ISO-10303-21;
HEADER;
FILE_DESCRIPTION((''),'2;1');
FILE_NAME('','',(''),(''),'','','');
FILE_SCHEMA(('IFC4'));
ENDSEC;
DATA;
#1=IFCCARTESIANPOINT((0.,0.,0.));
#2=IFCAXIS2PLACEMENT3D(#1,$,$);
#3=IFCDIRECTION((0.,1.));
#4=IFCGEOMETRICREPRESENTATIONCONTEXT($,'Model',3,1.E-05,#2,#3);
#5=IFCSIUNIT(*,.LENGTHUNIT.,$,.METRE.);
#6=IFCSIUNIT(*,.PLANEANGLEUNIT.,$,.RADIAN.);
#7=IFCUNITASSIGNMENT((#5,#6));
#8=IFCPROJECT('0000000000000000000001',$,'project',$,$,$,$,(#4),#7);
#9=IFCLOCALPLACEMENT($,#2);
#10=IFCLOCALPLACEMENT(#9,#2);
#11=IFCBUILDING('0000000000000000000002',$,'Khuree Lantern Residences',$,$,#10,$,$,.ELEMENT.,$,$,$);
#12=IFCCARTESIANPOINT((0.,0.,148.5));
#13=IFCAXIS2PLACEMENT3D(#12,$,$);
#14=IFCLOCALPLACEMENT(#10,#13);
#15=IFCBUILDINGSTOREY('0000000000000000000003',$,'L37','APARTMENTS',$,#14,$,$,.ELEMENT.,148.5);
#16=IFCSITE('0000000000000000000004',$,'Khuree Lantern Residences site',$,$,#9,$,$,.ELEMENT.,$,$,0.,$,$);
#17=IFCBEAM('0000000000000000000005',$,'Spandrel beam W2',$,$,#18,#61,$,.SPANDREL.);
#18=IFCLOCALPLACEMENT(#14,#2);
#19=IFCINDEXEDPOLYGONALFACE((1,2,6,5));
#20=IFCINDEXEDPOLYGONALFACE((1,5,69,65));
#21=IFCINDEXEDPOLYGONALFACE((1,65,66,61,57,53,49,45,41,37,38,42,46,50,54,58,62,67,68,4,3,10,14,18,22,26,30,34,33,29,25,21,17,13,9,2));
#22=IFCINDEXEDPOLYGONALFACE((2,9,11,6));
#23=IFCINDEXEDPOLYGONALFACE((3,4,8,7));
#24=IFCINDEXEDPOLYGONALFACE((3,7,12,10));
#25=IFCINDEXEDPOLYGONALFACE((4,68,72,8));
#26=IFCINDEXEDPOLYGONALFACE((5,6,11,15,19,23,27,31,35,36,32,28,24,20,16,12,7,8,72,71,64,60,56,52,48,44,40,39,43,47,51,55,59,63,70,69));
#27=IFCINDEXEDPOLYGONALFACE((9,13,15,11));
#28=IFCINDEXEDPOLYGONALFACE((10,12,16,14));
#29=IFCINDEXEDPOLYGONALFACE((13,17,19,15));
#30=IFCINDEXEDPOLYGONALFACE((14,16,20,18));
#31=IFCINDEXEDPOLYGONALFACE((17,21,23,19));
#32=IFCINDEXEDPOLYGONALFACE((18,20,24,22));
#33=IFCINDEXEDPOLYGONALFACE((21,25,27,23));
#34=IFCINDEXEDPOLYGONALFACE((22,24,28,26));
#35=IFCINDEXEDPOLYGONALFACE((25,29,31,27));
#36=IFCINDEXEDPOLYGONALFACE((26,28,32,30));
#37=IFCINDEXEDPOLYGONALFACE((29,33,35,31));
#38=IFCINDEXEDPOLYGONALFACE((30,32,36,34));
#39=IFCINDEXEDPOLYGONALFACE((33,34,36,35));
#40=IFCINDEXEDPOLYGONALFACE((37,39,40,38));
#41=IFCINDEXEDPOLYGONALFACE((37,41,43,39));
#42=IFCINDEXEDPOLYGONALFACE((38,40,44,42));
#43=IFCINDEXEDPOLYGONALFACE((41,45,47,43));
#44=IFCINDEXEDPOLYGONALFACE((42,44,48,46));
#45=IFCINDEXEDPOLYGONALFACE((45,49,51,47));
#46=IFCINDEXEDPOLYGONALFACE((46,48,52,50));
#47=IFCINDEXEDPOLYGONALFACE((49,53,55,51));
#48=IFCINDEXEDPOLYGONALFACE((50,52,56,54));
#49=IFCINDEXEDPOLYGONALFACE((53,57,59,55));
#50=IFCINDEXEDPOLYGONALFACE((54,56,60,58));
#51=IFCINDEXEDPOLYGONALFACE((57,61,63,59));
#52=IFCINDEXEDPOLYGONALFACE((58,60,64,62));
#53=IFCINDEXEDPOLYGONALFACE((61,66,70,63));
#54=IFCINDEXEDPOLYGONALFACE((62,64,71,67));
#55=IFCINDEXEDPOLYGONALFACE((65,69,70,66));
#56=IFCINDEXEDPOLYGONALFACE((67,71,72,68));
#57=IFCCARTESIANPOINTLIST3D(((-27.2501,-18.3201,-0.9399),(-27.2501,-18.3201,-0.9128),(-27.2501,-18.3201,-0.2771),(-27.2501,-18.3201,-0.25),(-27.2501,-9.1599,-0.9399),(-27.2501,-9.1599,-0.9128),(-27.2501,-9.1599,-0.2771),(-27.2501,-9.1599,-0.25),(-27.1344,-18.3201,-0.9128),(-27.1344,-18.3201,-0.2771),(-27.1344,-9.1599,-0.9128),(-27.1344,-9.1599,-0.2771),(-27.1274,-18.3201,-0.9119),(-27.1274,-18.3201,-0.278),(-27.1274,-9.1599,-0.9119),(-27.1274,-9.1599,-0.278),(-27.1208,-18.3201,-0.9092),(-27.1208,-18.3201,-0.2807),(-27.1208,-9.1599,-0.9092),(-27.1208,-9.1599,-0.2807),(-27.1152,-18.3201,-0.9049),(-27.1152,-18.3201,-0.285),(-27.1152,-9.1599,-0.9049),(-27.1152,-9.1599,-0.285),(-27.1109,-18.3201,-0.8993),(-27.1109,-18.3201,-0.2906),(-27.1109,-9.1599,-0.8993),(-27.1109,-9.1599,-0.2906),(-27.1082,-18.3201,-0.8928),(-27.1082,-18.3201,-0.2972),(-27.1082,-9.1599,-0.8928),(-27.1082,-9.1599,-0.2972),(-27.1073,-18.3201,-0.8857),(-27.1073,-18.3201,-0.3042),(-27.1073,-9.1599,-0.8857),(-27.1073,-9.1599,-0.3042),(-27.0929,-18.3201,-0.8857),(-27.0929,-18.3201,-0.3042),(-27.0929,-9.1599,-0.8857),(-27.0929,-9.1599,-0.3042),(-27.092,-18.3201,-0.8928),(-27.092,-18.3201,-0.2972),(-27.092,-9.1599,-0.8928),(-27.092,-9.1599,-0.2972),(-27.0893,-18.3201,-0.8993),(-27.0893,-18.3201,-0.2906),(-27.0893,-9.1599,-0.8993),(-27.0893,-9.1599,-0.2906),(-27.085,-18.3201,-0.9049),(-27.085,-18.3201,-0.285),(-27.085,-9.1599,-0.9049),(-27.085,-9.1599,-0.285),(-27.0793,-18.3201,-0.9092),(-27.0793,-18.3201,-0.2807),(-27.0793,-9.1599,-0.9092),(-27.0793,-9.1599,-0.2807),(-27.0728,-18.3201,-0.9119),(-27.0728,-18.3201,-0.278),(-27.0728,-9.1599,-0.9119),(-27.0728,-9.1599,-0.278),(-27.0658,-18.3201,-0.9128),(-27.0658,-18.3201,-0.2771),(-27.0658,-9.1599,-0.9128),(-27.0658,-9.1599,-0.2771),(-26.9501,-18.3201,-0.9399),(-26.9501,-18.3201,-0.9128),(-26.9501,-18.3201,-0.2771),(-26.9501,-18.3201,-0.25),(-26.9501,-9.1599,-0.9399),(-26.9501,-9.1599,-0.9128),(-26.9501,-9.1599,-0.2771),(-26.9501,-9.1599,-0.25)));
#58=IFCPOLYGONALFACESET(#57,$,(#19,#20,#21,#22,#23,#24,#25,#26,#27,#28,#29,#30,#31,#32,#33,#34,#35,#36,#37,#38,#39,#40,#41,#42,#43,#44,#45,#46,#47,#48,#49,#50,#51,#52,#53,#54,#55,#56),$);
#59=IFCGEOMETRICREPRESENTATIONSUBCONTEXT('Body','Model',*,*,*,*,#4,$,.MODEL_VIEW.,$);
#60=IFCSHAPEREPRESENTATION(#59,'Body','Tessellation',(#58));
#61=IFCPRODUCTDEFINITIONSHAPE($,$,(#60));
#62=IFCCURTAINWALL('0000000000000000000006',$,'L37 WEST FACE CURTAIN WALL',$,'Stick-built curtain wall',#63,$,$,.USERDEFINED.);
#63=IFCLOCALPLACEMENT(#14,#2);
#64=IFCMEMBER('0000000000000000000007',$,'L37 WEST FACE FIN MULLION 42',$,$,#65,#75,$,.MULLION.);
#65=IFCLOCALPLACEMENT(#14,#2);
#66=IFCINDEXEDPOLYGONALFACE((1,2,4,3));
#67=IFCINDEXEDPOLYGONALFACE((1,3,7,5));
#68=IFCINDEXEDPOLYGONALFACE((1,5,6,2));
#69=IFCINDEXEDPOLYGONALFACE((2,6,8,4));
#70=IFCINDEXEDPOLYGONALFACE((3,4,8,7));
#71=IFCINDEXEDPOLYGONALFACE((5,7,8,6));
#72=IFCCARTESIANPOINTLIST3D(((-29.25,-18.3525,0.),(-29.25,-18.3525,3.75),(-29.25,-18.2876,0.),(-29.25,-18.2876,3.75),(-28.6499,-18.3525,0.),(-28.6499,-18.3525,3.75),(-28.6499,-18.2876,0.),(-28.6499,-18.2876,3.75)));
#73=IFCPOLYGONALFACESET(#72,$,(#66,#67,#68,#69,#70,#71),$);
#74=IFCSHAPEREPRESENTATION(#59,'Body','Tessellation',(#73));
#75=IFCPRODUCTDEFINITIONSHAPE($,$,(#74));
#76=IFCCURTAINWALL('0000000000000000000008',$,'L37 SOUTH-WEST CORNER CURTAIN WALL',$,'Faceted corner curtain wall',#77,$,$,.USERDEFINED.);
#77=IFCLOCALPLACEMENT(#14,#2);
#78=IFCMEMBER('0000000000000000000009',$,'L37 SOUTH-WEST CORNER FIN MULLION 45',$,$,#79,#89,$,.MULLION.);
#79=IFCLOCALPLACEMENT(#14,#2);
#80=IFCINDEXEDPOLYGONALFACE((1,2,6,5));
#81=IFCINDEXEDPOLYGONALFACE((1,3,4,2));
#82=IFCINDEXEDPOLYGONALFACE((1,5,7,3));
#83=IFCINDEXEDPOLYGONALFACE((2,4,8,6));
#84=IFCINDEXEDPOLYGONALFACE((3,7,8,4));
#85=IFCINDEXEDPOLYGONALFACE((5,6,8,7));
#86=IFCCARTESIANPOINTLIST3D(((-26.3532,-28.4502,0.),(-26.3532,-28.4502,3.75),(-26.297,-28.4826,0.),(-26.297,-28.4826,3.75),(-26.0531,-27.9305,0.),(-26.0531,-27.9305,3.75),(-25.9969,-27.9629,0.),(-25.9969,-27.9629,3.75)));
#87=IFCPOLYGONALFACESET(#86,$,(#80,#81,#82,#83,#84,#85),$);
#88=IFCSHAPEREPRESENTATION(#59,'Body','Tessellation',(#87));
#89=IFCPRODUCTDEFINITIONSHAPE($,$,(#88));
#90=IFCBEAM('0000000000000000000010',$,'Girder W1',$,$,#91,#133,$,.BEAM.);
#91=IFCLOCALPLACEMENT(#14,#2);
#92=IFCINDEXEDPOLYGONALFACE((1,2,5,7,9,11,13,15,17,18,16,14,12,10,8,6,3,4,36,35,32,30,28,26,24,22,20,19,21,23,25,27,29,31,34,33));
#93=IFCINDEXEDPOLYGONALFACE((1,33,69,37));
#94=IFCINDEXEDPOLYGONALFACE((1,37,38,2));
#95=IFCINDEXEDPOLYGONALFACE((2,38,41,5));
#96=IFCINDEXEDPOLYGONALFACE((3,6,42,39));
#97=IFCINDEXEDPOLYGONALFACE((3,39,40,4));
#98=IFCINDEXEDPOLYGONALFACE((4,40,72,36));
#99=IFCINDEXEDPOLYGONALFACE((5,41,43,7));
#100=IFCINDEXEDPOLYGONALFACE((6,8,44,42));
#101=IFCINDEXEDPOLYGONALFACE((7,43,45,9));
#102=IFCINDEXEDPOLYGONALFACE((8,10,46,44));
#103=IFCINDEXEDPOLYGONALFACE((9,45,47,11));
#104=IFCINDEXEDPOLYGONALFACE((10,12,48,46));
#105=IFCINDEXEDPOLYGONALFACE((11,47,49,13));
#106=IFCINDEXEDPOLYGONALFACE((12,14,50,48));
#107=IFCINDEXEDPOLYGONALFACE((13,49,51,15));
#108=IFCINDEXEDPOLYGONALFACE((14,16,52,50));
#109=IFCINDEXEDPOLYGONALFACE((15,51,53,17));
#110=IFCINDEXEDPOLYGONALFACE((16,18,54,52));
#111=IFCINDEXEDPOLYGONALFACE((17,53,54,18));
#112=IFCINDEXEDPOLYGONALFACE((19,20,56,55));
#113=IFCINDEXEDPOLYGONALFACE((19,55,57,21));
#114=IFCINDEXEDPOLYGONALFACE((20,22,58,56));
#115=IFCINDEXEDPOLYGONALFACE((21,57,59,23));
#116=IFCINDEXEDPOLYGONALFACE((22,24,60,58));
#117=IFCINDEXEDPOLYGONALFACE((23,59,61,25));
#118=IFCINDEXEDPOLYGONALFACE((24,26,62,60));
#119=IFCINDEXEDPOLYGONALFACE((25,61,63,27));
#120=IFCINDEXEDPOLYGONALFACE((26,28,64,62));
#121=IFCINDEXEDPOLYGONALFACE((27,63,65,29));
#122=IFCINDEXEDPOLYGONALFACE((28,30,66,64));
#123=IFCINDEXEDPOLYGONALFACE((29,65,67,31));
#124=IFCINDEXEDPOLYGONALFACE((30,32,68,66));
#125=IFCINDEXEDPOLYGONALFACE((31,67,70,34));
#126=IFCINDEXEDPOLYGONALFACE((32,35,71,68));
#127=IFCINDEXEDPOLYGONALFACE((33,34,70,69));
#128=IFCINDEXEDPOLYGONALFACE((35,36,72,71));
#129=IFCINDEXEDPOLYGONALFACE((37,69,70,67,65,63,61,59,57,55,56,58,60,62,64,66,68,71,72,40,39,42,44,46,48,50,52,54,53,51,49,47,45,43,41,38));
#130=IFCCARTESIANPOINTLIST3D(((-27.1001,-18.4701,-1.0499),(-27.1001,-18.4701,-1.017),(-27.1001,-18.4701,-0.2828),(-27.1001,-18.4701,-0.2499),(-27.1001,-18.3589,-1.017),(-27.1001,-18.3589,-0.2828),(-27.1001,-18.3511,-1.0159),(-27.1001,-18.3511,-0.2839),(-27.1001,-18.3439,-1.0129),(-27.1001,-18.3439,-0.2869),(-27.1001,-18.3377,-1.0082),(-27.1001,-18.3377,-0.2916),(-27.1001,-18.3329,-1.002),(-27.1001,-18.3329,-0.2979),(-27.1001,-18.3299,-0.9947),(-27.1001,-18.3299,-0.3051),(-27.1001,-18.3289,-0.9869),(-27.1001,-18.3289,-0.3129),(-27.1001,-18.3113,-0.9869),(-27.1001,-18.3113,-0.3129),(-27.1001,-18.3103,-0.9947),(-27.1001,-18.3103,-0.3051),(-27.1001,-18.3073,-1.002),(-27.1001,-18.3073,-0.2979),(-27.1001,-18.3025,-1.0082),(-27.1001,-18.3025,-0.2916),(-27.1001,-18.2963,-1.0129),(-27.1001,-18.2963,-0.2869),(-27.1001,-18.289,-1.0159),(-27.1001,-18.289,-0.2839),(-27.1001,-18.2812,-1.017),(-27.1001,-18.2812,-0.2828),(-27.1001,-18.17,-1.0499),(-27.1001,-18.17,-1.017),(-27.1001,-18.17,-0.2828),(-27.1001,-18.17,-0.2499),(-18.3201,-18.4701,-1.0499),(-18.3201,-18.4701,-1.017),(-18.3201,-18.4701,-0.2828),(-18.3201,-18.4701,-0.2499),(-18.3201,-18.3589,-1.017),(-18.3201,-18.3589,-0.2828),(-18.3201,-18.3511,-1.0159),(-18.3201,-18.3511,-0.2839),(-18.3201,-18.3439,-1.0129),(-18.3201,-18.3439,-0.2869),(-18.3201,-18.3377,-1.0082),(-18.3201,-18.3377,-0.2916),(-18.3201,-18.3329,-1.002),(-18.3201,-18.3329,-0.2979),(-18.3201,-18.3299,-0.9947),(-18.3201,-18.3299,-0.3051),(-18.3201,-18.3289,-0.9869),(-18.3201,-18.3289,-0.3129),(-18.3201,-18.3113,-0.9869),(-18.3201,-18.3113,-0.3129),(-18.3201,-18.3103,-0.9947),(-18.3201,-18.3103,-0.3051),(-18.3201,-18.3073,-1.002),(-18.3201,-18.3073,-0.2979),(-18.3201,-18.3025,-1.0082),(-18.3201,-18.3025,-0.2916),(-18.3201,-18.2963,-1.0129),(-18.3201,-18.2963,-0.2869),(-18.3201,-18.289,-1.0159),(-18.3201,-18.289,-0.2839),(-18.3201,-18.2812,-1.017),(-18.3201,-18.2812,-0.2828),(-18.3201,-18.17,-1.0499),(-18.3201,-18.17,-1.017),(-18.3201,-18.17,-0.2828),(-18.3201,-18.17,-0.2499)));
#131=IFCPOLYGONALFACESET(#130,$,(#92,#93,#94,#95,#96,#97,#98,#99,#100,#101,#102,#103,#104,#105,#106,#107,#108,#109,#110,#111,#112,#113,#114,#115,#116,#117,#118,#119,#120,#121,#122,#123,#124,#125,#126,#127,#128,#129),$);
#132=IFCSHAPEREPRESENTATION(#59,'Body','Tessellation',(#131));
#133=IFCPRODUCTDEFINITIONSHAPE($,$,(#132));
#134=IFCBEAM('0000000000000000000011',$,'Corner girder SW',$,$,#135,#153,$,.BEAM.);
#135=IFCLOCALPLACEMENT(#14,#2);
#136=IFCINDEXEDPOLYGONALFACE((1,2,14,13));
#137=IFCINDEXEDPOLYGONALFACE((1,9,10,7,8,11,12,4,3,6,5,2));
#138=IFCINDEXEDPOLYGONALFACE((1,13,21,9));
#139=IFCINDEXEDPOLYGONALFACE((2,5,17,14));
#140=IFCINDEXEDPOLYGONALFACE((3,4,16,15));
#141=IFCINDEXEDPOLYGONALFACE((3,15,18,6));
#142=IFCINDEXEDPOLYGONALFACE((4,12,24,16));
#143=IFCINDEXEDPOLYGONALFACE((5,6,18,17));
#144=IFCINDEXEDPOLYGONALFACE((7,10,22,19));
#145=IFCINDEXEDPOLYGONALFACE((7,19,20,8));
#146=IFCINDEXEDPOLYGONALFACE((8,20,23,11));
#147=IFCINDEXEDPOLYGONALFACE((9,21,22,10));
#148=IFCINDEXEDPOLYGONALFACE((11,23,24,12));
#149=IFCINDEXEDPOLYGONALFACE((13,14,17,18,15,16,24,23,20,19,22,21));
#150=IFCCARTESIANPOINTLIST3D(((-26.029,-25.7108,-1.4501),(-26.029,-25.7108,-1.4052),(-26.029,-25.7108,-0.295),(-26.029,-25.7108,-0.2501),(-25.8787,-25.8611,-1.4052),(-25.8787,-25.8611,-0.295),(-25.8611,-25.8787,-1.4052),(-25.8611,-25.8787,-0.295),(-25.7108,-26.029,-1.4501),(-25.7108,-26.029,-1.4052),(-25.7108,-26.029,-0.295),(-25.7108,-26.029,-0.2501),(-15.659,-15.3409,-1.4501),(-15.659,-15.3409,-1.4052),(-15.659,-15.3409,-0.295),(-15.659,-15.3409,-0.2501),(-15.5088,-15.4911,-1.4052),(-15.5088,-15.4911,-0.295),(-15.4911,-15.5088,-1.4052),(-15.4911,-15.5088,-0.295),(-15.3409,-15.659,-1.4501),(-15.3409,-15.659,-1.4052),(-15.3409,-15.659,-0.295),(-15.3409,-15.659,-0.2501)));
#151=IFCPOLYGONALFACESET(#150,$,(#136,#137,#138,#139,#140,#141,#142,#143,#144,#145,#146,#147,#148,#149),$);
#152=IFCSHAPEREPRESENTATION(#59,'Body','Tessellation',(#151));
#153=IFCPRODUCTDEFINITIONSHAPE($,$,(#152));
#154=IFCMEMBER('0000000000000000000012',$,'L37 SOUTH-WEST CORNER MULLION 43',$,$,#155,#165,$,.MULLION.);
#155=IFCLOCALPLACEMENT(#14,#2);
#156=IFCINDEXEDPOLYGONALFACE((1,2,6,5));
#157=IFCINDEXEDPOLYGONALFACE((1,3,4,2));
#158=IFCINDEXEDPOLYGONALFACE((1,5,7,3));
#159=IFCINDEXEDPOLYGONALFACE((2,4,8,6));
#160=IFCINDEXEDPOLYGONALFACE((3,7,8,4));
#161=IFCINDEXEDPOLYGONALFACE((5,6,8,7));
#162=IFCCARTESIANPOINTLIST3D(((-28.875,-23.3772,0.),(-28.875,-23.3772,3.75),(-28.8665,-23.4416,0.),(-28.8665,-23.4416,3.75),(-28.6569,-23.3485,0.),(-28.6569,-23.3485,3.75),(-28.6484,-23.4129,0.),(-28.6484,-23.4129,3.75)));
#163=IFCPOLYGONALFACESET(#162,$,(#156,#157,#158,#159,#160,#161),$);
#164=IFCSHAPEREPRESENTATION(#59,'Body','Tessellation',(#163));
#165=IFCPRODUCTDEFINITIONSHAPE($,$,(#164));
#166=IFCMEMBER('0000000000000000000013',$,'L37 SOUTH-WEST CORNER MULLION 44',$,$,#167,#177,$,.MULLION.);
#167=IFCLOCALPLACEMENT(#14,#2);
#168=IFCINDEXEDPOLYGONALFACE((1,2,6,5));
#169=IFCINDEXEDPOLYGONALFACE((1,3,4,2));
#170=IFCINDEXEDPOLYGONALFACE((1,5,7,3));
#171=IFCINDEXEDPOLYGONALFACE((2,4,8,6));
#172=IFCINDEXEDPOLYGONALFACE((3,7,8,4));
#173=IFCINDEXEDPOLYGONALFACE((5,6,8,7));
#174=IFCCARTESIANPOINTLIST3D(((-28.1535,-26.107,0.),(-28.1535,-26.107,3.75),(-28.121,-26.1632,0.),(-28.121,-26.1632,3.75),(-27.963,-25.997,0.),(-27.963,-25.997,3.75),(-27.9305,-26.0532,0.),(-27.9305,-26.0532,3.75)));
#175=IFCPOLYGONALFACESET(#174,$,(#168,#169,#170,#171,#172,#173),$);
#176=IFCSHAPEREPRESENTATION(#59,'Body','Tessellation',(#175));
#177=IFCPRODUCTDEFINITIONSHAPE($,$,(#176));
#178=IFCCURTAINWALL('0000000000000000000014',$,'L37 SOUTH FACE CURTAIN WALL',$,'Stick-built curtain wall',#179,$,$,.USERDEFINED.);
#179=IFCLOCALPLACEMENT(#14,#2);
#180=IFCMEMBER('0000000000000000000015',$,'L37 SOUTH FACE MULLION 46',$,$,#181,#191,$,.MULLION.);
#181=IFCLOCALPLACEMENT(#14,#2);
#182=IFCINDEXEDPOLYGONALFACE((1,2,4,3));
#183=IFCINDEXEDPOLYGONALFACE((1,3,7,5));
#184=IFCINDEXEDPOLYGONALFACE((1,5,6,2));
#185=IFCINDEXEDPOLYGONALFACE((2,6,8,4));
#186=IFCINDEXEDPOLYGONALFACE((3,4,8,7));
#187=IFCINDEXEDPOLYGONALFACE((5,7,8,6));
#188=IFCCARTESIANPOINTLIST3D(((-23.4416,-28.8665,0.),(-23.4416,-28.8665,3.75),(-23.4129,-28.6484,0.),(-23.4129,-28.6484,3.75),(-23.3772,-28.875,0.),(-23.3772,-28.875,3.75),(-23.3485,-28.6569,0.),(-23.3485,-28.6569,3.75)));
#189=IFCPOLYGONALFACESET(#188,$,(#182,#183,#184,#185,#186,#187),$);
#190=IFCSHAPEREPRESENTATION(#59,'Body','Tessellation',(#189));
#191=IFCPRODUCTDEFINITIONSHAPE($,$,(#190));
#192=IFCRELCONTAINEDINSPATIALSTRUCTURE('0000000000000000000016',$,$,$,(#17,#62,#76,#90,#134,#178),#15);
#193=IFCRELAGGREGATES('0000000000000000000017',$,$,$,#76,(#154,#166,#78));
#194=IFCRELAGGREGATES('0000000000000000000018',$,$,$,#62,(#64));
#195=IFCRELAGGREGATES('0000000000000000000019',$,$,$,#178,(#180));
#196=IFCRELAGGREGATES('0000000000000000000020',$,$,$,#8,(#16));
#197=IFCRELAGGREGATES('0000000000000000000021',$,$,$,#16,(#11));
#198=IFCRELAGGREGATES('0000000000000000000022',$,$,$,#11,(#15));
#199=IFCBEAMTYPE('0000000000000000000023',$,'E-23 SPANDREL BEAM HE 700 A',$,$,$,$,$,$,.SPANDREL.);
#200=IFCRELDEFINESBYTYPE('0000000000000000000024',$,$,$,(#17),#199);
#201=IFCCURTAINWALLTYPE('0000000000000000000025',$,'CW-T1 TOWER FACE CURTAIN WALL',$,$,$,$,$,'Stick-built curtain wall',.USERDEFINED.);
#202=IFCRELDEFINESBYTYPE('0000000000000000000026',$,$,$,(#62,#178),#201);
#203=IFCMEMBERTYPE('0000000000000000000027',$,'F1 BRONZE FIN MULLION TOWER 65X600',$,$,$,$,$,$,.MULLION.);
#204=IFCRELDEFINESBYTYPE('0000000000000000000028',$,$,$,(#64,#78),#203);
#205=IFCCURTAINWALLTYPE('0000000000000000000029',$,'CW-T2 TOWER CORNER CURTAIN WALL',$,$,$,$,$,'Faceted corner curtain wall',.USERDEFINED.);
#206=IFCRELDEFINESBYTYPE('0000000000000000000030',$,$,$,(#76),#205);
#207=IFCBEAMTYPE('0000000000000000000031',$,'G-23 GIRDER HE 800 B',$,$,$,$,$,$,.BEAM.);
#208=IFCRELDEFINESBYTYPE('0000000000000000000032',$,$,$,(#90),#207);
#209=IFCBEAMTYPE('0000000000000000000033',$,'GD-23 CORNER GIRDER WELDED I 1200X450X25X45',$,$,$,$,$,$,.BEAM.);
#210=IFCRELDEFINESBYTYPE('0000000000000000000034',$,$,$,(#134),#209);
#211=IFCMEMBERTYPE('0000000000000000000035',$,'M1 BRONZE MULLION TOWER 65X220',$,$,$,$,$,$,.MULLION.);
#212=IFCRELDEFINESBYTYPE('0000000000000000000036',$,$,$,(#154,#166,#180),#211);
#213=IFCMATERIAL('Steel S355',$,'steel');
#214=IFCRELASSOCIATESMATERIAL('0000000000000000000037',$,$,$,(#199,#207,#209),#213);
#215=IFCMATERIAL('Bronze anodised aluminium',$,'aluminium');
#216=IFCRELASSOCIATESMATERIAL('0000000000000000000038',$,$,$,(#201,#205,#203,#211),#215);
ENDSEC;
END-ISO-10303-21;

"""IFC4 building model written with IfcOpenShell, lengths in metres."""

from ifc_helpers import new_model, si_unit, direction, frame, origin, origin_2d, place, context, subcontext, project, spatial, rectangle, i_section, extrude, material, material_profile, profile_set, type_object, element, aggregate, save


model = new_model("IFC4")

# Units and contexts
model_context = context("Model", 3, precision=1e-05, world=origin(), true_north=direction((0.0, 1.0)))
body_context = subcontext(model_context, "Body", "Model", "MODEL_VIEW")
ifc_project = project(units=[si_unit("LENGTHUNIT", "METRE"), si_unit("PLANEANGLEUNIT", "RADIAN")], contexts=[model_context])

# Site, building, storey
site_placement = place(None, origin())
site = spatial("IfcSite", under=ifc_project, at=site_placement, Name="Khuree Lantern Residences site", CompositionType="ELEMENT", RefElevation=0.0)
building_placement = place(site_placement, origin())
building = spatial("IfcBuilding", under=site, at=building_placement, Name="Khuree Lantern Residences", CompositionType="ELEMENT")
storey_placement = place(building_placement, frame((0.0, 0.0, 148.5)))
storey = spatial("IfcBuildingStorey", under=building, at=storey_placement, Name="L37", Description="APARTMENTS", CompositionType="ELEMENT", Elevation=148.5)

# Beam
ifc_material_1 = material(Name="Steel S355", Category="steel")
ifc_material_profile_1 = material_profile(ifc_material_1, i_section(OverallWidth=0.3, OverallDepth=0.6899, WebThickness=0.0144, FlangeThickness=0.0271, FilletRadius=0.0271, at=origin_2d()), Name="HE 700 A")
ifc_profile_set_1 = profile_set([ifc_material_profile_1], Name="Steel S355")
beam_type_1 = type_object("IfcBeamType", Name="E-23 SPANDREL BEAM HE 700 A", PredefinedType="SPANDREL", material=ifc_profile_set_1)
beam_1_placement = place(storey_placement, frame((-27.1001, -18.3201, -0.595), z_axis=(0.0, 1.0, 0.0), x_axis=(-1.0, 0.0, 0.0)))
element("IfcBeam", 1, at=beam_1_placement, inside=storey, type_object=beam_type_1, Name="Spandrel beam W2", PredefinedType="SPANDREL", context=body_context, shape_type="SweptSolid", body=[
    extrude(i_section(OverallWidth=0.3, OverallDepth=0.6899, WebThickness=0.0144, FlangeThickness=0.0271, FilletRadius=0.0271, at=origin_2d()), origin(), (0.0, 0.0, 1.0), 9.1602),
])

# Curtain walls, members
ifc_material_2 = material(Name="Bronze anodised aluminium", Category="aluminium")
curtain_wall_type_1 = type_object("IfcCurtainWallType", Name="CW-T1 TOWER FACE CURTAIN WALL", ElementType="Stick-built curtain wall", PredefinedType="USERDEFINED", material=ifc_material_2)
curtain_wall_1_placement = place(storey_placement, origin())
curtain_wall_1 = element("IfcCurtainWall", 2, at=curtain_wall_1_placement, inside=storey, type_object=curtain_wall_type_1, Name="L37 WEST FACE CURTAIN WALL", ObjectType="Stick-built curtain wall", PredefinedType="USERDEFINED")
ifc_material_profile_2 = material_profile(ifc_material_2, rectangle(XDim=0.0649, YDim=0.6001, at=origin_2d()), Name="F1 65X600")
ifc_profile_set_2 = profile_set([ifc_material_profile_2], Name="Bronze anodised aluminium")
member_type_1 = type_object("IfcMemberType", Name="F1 BRONZE FIN MULLION TOWER 65X600", PredefinedType="MULLION", material=ifc_profile_set_2)
member_1_placement = place(storey_placement, frame((-28.95, -18.3201, 0.0), z_axis=(0.0, 0.0, 1.0), x_axis=(0.0, -1.0, 0.0)))
member_1 = element("IfcMember", 3, at=member_1_placement, type_object=member_type_1, Name="L37 WEST FACE FIN MULLION 42", PredefinedType="MULLION", context=body_context, shape_type="SweptSolid", body=[
    extrude(rectangle(XDim=0.0649, YDim=0.6001, at=origin_2d()), origin(), (0.0, 0.0, 1.0), 3.75),
])
curtain_wall_type_2 = type_object("IfcCurtainWallType", Name="CW-T2 TOWER CORNER CURTAIN WALL", ElementType="Faceted corner curtain wall", PredefinedType="USERDEFINED", material=ifc_material_2)
curtain_wall_2_placement = place(storey_placement, origin())
curtain_wall_2 = element("IfcCurtainWall", 4, at=curtain_wall_2_placement, inside=storey, type_object=curtain_wall_type_2, Name="L37 SOUTH-WEST CORNER CURTAIN WALL", ObjectType="Faceted corner curtain wall", PredefinedType="USERDEFINED")
member_2_placement = place(storey_placement, frame((-26.175, -28.2065, 0.0), z_axis=(0.0, 0.0, 1.0), x_axis=(0.866025, -0.5, 0.0)))
member_2 = element("IfcMember", 5, at=member_2_placement, type_object=member_type_1, Name="L37 SOUTH-WEST CORNER FIN MULLION 45", PredefinedType="MULLION", context=body_context, shape_type="SweptSolid", body=[
    extrude(rectangle(XDim=0.0649, YDim=0.6001, at=origin_2d()), origin(), (0.0, 0.0, 1.0), 3.75),
])

# Beams
ifc_material_profile_3 = material_profile(ifc_material_1, i_section(OverallWidth=0.3, OverallDepth=0.8, WebThickness=0.0176, FlangeThickness=0.033, FilletRadius=0.03, at=origin_2d()), Name="HE 800 B")
ifc_profile_set_3 = profile_set([ifc_material_profile_3], Name="Steel S355")
beam_type_2 = type_object("IfcBeamType", Name="G-23 GIRDER HE 800 B", PredefinedType="BEAM", material=ifc_profile_set_3)
beam_2_placement = place(storey_placement, frame((-27.1001, -18.3201, -0.6499), z_axis=(1.0, 0.0, 0.0), x_axis=(0.0, 1.0, 0.0)))
element("IfcBeam", 6, at=beam_2_placement, inside=storey, type_object=beam_type_2, Name="Girder W1", PredefinedType="BEAM", context=body_context, shape_type="SweptSolid", body=[
    extrude(i_section(OverallWidth=0.3, OverallDepth=0.8, WebThickness=0.0176, FlangeThickness=0.033, FilletRadius=0.03, at=origin_2d()), origin(), (0.0, 0.0, 1.0), 8.78),
])
ifc_material_profile_4 = material_profile(ifc_material_1, i_section(OverallWidth=0.45, OverallDepth=1.2, WebThickness=0.0249, FlangeThickness=0.0449, at=origin_2d()), Name="WELDED I 1200X450X25X45")
ifc_profile_set_4 = profile_set([ifc_material_profile_4], Name="Steel S355")
beam_type_3 = type_object("IfcBeamType", Name="GD-23 CORNER GIRDER WELDED I 1200X450X25X45", PredefinedType="BEAM", material=ifc_profile_set_4)
beam_3_placement = place(storey_placement, frame((-25.8699, -25.8699, -0.8501), z_axis=(0.707107, 0.707107, 0.0), x_axis=(-0.707107, 0.707107, 0.0)))
element("IfcBeam", 7, at=beam_3_placement, inside=storey, type_object=beam_type_3, Name="Corner girder SW", PredefinedType="BEAM", context=body_context, shape_type="SweptSolid", body=[
    extrude(i_section(OverallWidth=0.45, OverallDepth=1.2, WebThickness=0.0249, FlangeThickness=0.0449, at=origin_2d()), origin(), (0.0, 0.0, 1.0), 14.6653),
])

# Members
ifc_material_profile_5 = material_profile(ifc_material_2, rectangle(XDim=0.0649, YDim=0.22, at=origin_2d()), Name="M1 65X220")
ifc_profile_set_5 = profile_set([ifc_material_profile_5], Name="Bronze anodised aluminium")
member_type_2 = type_object("IfcMemberType", Name="M1 BRONZE MULLION TOWER 65X220", PredefinedType="MULLION", material=ifc_profile_set_5)
member_3_placement = place(storey_placement, frame((-28.7617, -23.395, 0.0), z_axis=(0.0, 0.0, 1.0), x_axis=(0.130526, -0.991445, 0.0)))
member_3 = element("IfcMember", 8, at=member_3_placement, type_object=member_type_2, Name="L37 SOUTH-WEST CORNER MULLION 43", PredefinedType="MULLION", context=body_context, shape_type="SweptSolid", body=[
    extrude(rectangle(XDim=0.0649, YDim=0.22, at=origin_2d()), origin(), (0.0, 0.0, 1.0), 3.75),
])
member_4_placement = place(storey_placement, frame((-28.042, -26.0801, 0.0), z_axis=(0.0, 0.0, 1.0), x_axis=(0.5, -0.866025, 0.0)))
member_4 = element("IfcMember", 9, at=member_4_placement, type_object=member_type_2, Name="L37 SOUTH-WEST CORNER MULLION 44", PredefinedType="MULLION", context=body_context, shape_type="SweptSolid", body=[
    extrude(rectangle(XDim=0.0649, YDim=0.22, at=origin_2d()), origin(), (0.0, 0.0, 1.0), 3.75),
])

# Curtain wall, member
curtain_wall_3_placement = place(storey_placement, origin())
curtain_wall_3 = element("IfcCurtainWall", 10, at=curtain_wall_3_placement, inside=storey, type_object=curtain_wall_type_1, Name="L37 SOUTH FACE CURTAIN WALL", ObjectType="Stick-built curtain wall", PredefinedType="USERDEFINED")
member_5_placement = place(storey_placement, frame((-23.395, -28.7617, 0.0), z_axis=(0.0, 0.0, 1.0), x_axis=(0.991445, -0.130526, 0.0)))
member_5 = element("IfcMember", 11, at=member_5_placement, type_object=member_type_2, Name="L37 SOUTH FACE MULLION 46", PredefinedType="MULLION", context=body_context, shape_type="SweptSolid", body=[
    extrude(rectangle(XDim=0.0649, YDim=0.22, at=origin_2d()), origin(), (0.0, 0.0, 1.0), 3.75),
])

aggregate(curtain_wall_2, [member_3, member_4, member_2])
aggregate(curtain_wall_1, [member_1])
aggregate(curtain_wall_3, [member_5])

save(model, "model.ifc")
